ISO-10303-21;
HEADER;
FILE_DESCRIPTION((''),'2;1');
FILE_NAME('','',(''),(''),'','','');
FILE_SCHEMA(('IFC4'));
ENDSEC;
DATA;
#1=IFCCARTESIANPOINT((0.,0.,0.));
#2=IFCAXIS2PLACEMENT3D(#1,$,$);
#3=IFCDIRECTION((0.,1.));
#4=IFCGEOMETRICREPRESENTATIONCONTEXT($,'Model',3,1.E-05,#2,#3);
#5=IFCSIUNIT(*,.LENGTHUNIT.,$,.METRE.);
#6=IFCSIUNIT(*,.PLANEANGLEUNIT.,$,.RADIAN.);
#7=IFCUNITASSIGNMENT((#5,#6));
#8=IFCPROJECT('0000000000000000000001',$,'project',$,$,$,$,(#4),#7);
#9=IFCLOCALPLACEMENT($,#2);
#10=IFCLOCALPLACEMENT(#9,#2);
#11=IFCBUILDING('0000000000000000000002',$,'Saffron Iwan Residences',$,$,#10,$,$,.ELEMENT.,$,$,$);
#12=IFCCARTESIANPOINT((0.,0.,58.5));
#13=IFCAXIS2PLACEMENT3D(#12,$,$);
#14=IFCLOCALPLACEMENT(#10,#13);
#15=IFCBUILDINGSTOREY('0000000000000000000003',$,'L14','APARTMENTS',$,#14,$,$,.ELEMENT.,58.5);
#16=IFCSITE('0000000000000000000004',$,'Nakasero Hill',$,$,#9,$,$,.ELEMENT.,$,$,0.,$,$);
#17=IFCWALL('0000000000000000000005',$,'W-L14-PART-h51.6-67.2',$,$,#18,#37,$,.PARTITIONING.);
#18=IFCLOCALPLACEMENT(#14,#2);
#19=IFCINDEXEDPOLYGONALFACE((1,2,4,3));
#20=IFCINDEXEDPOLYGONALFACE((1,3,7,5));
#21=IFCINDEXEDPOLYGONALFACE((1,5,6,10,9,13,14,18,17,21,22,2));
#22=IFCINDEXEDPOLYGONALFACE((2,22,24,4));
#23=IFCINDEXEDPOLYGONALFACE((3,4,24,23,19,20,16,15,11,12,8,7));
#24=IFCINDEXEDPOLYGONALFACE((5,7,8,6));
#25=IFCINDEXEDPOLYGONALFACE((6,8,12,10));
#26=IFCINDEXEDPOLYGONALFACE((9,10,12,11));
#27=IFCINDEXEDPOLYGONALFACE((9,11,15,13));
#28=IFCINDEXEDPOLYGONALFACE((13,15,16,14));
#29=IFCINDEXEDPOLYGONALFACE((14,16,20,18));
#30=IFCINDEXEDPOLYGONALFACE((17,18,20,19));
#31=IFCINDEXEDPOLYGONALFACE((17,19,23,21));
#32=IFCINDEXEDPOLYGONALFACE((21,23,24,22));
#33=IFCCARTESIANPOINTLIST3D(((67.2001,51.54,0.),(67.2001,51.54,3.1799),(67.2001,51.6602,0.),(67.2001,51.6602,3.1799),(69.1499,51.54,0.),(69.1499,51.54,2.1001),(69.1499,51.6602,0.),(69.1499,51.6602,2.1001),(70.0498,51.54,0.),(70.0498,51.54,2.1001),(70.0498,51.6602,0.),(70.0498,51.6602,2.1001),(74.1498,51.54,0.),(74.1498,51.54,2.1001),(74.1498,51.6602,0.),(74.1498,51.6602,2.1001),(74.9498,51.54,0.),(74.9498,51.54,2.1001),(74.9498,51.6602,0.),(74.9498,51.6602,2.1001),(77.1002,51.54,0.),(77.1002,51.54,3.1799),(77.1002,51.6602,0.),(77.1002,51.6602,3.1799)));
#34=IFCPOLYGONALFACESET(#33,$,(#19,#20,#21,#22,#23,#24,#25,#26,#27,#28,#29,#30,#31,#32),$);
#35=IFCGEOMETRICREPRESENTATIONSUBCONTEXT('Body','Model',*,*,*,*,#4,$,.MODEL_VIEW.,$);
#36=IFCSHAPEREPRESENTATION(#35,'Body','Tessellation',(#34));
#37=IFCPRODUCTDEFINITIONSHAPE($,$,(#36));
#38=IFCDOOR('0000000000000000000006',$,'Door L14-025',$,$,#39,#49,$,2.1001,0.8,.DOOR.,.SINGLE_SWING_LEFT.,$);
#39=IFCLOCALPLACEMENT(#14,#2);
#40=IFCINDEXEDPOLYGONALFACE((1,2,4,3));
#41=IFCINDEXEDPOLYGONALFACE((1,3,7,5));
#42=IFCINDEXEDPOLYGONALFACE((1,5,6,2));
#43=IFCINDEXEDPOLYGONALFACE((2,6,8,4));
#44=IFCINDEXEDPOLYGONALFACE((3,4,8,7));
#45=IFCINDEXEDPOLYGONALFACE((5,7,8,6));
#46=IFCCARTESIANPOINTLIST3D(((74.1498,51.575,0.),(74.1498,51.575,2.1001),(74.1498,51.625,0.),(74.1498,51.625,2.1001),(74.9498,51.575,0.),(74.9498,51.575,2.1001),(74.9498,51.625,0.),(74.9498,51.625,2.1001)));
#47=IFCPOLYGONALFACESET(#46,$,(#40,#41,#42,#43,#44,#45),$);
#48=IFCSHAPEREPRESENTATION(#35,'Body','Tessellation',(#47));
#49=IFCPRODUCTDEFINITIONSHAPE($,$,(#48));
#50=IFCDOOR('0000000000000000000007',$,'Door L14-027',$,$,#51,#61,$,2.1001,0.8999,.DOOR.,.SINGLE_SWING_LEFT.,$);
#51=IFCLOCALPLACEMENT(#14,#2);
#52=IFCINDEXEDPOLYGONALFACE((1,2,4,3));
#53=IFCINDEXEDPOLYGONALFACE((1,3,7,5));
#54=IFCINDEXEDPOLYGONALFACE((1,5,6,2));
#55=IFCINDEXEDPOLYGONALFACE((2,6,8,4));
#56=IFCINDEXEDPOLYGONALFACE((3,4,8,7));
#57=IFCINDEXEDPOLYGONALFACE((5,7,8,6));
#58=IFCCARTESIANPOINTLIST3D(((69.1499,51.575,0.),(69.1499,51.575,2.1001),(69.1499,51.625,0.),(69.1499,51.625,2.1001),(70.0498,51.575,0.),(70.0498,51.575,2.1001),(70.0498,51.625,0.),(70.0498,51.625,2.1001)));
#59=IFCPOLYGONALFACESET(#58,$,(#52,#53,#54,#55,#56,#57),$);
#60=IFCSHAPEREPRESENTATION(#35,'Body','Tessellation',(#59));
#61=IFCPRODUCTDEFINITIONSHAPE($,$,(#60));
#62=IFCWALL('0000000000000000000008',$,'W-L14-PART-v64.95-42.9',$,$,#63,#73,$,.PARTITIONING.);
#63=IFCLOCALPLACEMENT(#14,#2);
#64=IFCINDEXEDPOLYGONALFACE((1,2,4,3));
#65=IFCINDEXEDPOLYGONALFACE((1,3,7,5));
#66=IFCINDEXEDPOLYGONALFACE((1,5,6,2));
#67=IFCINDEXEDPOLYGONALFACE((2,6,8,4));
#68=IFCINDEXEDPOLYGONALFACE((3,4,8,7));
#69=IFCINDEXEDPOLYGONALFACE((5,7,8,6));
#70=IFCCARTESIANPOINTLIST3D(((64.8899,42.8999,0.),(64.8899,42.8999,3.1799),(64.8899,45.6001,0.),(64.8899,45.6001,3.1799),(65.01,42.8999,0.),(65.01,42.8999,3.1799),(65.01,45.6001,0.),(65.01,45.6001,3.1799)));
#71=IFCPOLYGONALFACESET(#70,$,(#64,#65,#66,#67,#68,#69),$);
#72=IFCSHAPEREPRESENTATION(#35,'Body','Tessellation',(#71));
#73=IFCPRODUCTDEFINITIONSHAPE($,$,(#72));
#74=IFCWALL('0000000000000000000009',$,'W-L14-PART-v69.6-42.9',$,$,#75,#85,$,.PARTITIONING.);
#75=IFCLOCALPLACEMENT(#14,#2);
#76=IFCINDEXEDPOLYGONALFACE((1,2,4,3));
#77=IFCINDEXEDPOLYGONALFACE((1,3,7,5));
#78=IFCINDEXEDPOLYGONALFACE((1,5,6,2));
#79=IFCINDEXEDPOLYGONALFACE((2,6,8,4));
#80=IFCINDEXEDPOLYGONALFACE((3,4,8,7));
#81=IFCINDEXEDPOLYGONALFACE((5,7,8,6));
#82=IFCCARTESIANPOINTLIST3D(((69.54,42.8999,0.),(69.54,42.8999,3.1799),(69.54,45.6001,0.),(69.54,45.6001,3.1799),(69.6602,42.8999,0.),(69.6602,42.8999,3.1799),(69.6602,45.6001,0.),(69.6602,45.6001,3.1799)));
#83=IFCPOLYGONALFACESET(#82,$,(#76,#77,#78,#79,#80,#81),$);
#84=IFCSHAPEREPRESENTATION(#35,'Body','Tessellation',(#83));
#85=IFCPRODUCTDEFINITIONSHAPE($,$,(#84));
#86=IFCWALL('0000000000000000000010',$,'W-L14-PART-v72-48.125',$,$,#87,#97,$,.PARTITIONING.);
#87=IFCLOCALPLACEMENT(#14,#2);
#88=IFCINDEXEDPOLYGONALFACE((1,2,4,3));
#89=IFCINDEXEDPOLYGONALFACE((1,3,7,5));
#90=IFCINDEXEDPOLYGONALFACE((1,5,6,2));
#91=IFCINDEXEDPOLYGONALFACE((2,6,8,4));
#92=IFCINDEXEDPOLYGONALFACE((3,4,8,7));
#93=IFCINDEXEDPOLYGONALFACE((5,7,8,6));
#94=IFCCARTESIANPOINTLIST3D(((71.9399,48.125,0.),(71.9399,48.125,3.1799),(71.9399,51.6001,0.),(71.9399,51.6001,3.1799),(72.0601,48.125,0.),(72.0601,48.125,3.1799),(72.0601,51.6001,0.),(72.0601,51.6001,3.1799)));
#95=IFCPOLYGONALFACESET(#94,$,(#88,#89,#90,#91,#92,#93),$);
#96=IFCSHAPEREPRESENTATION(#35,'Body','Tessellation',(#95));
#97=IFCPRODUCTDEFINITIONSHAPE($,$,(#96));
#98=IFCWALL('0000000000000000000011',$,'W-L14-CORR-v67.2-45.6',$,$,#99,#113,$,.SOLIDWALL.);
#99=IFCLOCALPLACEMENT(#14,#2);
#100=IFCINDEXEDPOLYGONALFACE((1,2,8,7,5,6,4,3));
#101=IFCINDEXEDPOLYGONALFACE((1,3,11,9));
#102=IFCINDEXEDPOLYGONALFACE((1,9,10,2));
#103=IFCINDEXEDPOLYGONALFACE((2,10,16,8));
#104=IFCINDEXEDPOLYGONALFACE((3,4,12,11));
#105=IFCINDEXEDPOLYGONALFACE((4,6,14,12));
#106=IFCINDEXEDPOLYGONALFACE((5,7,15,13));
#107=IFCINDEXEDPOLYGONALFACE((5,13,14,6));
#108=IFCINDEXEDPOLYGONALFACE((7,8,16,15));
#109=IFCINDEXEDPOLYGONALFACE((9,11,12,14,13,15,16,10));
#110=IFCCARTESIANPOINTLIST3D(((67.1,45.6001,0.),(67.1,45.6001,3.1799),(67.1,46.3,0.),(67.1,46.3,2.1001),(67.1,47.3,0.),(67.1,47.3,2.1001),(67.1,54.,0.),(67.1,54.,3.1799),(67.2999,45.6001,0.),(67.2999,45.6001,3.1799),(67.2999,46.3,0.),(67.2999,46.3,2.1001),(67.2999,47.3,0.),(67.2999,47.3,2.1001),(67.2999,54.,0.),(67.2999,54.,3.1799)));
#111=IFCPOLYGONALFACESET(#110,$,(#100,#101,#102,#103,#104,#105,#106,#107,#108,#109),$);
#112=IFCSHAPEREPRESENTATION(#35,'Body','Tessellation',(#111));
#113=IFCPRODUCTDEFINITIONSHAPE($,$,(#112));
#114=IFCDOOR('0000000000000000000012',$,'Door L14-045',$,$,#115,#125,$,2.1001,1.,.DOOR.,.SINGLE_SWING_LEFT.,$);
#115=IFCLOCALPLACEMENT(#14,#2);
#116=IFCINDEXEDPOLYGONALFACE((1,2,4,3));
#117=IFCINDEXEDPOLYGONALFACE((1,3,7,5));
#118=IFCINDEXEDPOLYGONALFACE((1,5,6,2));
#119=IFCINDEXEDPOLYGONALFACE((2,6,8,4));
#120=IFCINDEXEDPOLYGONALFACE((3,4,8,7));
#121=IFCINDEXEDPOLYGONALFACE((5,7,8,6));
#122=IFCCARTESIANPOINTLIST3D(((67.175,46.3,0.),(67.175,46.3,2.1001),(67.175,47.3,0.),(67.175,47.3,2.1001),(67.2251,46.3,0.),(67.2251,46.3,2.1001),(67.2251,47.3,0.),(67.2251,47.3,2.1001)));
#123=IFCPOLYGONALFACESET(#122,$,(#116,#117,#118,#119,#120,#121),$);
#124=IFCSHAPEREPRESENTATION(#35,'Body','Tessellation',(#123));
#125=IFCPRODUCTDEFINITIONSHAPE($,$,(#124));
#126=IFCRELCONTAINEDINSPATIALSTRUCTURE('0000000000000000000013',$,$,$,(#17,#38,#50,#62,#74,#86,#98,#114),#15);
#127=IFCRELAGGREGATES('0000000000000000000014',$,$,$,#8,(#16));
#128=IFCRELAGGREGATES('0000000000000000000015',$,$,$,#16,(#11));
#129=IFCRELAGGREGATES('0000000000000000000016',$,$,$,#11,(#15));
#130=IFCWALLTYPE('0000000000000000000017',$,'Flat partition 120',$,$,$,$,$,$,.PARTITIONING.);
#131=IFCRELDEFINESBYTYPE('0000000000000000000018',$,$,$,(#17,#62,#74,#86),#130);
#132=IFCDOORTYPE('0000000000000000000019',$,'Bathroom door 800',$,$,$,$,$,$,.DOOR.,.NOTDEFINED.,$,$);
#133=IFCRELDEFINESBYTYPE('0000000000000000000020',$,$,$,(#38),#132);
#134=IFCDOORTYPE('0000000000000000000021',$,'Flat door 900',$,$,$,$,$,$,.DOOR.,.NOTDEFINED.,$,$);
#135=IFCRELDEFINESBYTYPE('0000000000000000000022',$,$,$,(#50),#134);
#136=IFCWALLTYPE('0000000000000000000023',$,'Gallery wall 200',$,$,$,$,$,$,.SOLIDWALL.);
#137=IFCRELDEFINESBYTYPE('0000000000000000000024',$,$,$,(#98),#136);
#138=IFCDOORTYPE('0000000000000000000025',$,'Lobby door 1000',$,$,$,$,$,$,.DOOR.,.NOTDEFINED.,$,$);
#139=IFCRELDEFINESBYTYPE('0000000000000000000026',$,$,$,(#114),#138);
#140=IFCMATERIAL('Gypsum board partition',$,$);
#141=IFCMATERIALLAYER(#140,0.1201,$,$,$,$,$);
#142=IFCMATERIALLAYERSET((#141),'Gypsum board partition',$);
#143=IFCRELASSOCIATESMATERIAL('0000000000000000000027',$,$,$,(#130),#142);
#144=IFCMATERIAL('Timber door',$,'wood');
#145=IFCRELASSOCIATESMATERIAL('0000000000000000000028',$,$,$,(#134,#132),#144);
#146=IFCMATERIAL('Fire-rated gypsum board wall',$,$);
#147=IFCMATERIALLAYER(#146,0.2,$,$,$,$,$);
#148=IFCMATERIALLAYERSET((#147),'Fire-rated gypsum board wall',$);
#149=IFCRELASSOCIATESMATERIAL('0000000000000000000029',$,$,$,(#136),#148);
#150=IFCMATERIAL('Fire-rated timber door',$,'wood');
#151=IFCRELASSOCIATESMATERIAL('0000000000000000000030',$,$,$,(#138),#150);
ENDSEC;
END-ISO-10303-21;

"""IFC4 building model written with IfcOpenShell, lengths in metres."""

from ifc_helpers import new_model, si_unit, direction, frame, frame_2d, origin, place, context, subcontext, project, spatial, rectangle, extrude, material, layer, layer_set, type_object, element, fill, save


model = new_model("IFC4")

# Units and contexts
model_context = context("Model", 3, precision=1e-05, world=origin(), true_north=direction((0.0, 1.0)))
body_context = subcontext(model_context, "Body", "Model", "MODEL_VIEW")
ifc_project = project(units=[si_unit("LENGTHUNIT", "METRE"), si_unit("PLANEANGLEUNIT", "RADIAN")], contexts=[model_context])

# Site, building, storey
site_placement = place(None, origin())
site = spatial("IfcSite", under=ifc_project, at=site_placement, Name="Nakasero Hill", CompositionType="ELEMENT", RefElevation=0.0)
building_placement = place(site_placement, origin())
building = spatial("IfcBuilding", under=site, at=building_placement, Name="Saffron Iwan Residences", CompositionType="ELEMENT")
storey_placement = place(building_placement, frame((0.0, 0.0, 58.5)))
storey = spatial("IfcBuildingStorey", under=building, at=storey_placement, Name="L14", Description="APARTMENTS", CompositionType="ELEMENT", Elevation=58.5)

# Shared definitions
ifc_material_1 = material(Name="Fire-rated gypsum board wall")

# Shared definitions
ifc_material_2 = material(Name="Gypsum board partition")
ifc_layer_1 = layer(ifc_material_2, 0.1201)
ifc_layer_set_1 = layer_set([ifc_layer_1], Name="Gypsum board partition")
wall_type_1 = type_object("IfcWallType", Name="Flat partition 120", PredefinedType="PARTITIONING", material=ifc_layer_set_1)
ifc_material_3 = material(Name="Timber door", Category="wood")
door_type_1 = type_object("IfcDoorType", Name="Flat door 900", OperationType="NOTDEFINED", PredefinedType="DOOR", material=ifc_material_3)

# Wall, openings, doors
wall_1_placement = place(storey_placement, frame((67.2, 51.6001, 0.0), z_axis=(0.0, 0.0, 1.0), x_axis=(1.0, 0.0, 0.0)))
wall_1 = element("IfcWall", 1, at=wall_1_placement, inside=storey, type_object=wall_type_1, Name="W-L14-PART-h51.6-67.2", PredefinedType="PARTITIONING", context=body_context, shape_type="SweptSolid", body=[
    extrude(rectangle(XDim=9.9001, YDim=0.1201, at=frame_2d((4.9502, 0.0))), origin(), (0.0, 0.0, 1.0), 3.1799),
])
opening_1_placement = place(wall_1_placement, frame((6.95, 0.0, 0.0)))
opening_1 = element("IfcOpeningElement", 2, at=opening_1_placement, cuts=wall_1, PredefinedType="OPENING", context=body_context, shape_type="SweptSolid", body=[
    extrude(rectangle(XDim=0.8, YDim=2.1001, at=frame_2d((0.3999, 1.05))), frame((0.0, 0.0701, 0.0), z_axis=(0.0, -1.0, 0.0), x_axis=(1.0, 0.0, 0.0)), (0.0, 0.0, 1.0), 0.1401),
])
opening_2_placement = place(wall_1_placement, frame((1.95, 0.0, 0.0)))
opening_2 = element("IfcOpeningElement", 3, at=opening_2_placement, cuts=wall_1, PredefinedType="OPENING", context=body_context, shape_type="SweptSolid", body=[
    extrude(rectangle(XDim=0.8999, YDim=2.1001, at=frame_2d((0.45, 1.05))), frame((0.0, 0.0701, 0.0), z_axis=(0.0, -1.0, 0.0), x_axis=(1.0, 0.0, 0.0)), (0.0, 0.0, 1.0), 0.1401),
])
door_type_2 = type_object("IfcDoorType", Name="Bathroom door 800", OperationType="NOTDEFINED", PredefinedType="DOOR", material=ifc_material_3)
door_1_placement = place(opening_1_placement, origin())
door_1 = element("IfcDoor", 4, at=door_1_placement, inside=storey, type_object=door_type_2, Name="Door L14-025", OperationType="SINGLE_SWING_LEFT", OverallHeight=2.1001, OverallWidth=0.8, PredefinedType="DOOR", context=body_context, shape_type="SweptSolid", body=[
    extrude(rectangle(XDim=0.8, YDim=2.1001, at=frame_2d((0.3999, 1.05))), frame((0.0, 0.0249, 0.0), z_axis=(0.0, -1.0, 0.0), x_axis=(1.0, 0.0, 0.0)), (0.0, 0.0, 1.0), 0.05),
])
fill(opening_1, door_1)
door_2_placement = place(opening_2_placement, origin())
door_2 = element("IfcDoor", 5, at=door_2_placement, inside=storey, type_object=door_type_1, Name="Door L14-027", OperationType="SINGLE_SWING_LEFT", OverallHeight=2.1001, OverallWidth=0.8999, PredefinedType="DOOR", context=body_context, shape_type="SweptSolid", body=[
    extrude(rectangle(XDim=0.8999, YDim=2.1001, at=frame_2d((0.45, 1.05))), frame((0.0, 0.0249, 0.0), z_axis=(0.0, -1.0, 0.0), x_axis=(1.0, 0.0, 0.0)), (0.0, 0.0, 1.0), 0.05),
])
fill(opening_2, door_2)

# Walls
for number, where, z_axis, x_axis, name in (
    (6, (64.95, 42.8999, 0.0), (0.0, 0.0, 1.0), (0.0, 1.0, 0.0), "W-L14-PART-v64.95-42.9"),
    (7, (69.6001, 42.8999, 0.0), (0.0, 0.0, 1.0), (0.0, 1.0, 0.0), "W-L14-PART-v69.6-42.9"),
):
    element("IfcWall", number, at=place(storey_placement, frame(where, z_axis=z_axis, x_axis=x_axis)), inside=storey, type_object=wall_type_1, Name=name, PredefinedType="PARTITIONING", context=body_context, shape_type="SweptSolid", body=[
        extrude(rectangle(XDim=2.7002, YDim=0.1201, at=frame_2d((1.3501, 0.0))), origin(), (0.0, 0.0, 1.0), 3.1799),
    ])
wall_2_placement = place(storey_placement, frame((72.0, 48.125, 0.0), z_axis=(0.0, 0.0, 1.0), x_axis=(0.0, 1.0, 0.0)))
element("IfcWall", 8, at=wall_2_placement, inside=storey, type_object=wall_type_1, Name="W-L14-PART-v72-48.125", PredefinedType="PARTITIONING", context=body_context, shape_type="SweptSolid", body=[
    extrude(rectangle(XDim=3.4751, YDim=0.1201, at=frame_2d((1.7375, 0.0))), origin(), (0.0, 0.0, 1.0), 3.1799),
])

# Wall, opening, door
ifc_layer_2 = layer(ifc_material_1, 0.2)
ifc_layer_set_2 = layer_set([ifc_layer_2], Name="Fire-rated gypsum board wall")
wall_type_2 = type_object("IfcWallType", Name="Gallery wall 200", PredefinedType="SOLIDWALL", material=ifc_layer_set_2)
wall_3_placement = place(storey_placement, frame((67.2, 45.6001, 0.0), z_axis=(0.0, 0.0, 1.0), x_axis=(0.0, 1.0, 0.0)))
wall_3 = element("IfcWall", 9, at=wall_3_placement, inside=storey, type_object=wall_type_2, Name="W-L14-CORR-v67.2-45.6", PredefinedType="SOLIDWALL", context=body_context, shape_type="SweptSolid", body=[
    extrude(rectangle(XDim=8.3999, YDim=0.2, at=frame_2d((4.2, 0.0))), origin(), (0.0, 0.0, 1.0), 3.1799),
])
opening_3_placement = place(wall_3_placement, frame((0.7, 0.0, 0.0)))
opening_3 = element("IfcOpeningElement", 10, at=opening_3_placement, cuts=wall_3, PredefinedType="OPENING", context=body_context, shape_type="SweptSolid", body=[
    extrude(rectangle(XDim=1.0, YDim=2.1001, at=frame_2d((0.5, 1.05))), frame((0.0, 0.1099, 0.0), z_axis=(0.0, -1.0, 0.0), x_axis=(1.0, 0.0, 0.0)), (0.0, 0.0, 1.0), 0.22),
])
ifc_material_4 = material(Name="Fire-rated timber door", Category="wood")
door_type_3 = type_object("IfcDoorType", Name="Lobby door 1000", OperationType="NOTDEFINED", PredefinedType="DOOR", material=ifc_material_4)
door_3_placement = place(opening_3_placement, origin())
door_3 = element("IfcDoor", 11, at=door_3_placement, inside=storey, type_object=door_type_3, Name="Door L14-045", OperationType="SINGLE_SWING_LEFT", OverallHeight=2.1001, OverallWidth=1.0, PredefinedType="DOOR", context=body_context, shape_type="SweptSolid", body=[
    extrude(rectangle(XDim=1.0, YDim=2.1001, at=frame_2d((0.5, 1.05))), frame((0.0, 0.0249, 0.0), z_axis=(0.0, -1.0, 0.0), x_axis=(1.0, 0.0, 0.0)), (0.0, 0.0, 1.0), 0.05),
])
fill(opening_3, door_3)

save(model, "model.ifc")
